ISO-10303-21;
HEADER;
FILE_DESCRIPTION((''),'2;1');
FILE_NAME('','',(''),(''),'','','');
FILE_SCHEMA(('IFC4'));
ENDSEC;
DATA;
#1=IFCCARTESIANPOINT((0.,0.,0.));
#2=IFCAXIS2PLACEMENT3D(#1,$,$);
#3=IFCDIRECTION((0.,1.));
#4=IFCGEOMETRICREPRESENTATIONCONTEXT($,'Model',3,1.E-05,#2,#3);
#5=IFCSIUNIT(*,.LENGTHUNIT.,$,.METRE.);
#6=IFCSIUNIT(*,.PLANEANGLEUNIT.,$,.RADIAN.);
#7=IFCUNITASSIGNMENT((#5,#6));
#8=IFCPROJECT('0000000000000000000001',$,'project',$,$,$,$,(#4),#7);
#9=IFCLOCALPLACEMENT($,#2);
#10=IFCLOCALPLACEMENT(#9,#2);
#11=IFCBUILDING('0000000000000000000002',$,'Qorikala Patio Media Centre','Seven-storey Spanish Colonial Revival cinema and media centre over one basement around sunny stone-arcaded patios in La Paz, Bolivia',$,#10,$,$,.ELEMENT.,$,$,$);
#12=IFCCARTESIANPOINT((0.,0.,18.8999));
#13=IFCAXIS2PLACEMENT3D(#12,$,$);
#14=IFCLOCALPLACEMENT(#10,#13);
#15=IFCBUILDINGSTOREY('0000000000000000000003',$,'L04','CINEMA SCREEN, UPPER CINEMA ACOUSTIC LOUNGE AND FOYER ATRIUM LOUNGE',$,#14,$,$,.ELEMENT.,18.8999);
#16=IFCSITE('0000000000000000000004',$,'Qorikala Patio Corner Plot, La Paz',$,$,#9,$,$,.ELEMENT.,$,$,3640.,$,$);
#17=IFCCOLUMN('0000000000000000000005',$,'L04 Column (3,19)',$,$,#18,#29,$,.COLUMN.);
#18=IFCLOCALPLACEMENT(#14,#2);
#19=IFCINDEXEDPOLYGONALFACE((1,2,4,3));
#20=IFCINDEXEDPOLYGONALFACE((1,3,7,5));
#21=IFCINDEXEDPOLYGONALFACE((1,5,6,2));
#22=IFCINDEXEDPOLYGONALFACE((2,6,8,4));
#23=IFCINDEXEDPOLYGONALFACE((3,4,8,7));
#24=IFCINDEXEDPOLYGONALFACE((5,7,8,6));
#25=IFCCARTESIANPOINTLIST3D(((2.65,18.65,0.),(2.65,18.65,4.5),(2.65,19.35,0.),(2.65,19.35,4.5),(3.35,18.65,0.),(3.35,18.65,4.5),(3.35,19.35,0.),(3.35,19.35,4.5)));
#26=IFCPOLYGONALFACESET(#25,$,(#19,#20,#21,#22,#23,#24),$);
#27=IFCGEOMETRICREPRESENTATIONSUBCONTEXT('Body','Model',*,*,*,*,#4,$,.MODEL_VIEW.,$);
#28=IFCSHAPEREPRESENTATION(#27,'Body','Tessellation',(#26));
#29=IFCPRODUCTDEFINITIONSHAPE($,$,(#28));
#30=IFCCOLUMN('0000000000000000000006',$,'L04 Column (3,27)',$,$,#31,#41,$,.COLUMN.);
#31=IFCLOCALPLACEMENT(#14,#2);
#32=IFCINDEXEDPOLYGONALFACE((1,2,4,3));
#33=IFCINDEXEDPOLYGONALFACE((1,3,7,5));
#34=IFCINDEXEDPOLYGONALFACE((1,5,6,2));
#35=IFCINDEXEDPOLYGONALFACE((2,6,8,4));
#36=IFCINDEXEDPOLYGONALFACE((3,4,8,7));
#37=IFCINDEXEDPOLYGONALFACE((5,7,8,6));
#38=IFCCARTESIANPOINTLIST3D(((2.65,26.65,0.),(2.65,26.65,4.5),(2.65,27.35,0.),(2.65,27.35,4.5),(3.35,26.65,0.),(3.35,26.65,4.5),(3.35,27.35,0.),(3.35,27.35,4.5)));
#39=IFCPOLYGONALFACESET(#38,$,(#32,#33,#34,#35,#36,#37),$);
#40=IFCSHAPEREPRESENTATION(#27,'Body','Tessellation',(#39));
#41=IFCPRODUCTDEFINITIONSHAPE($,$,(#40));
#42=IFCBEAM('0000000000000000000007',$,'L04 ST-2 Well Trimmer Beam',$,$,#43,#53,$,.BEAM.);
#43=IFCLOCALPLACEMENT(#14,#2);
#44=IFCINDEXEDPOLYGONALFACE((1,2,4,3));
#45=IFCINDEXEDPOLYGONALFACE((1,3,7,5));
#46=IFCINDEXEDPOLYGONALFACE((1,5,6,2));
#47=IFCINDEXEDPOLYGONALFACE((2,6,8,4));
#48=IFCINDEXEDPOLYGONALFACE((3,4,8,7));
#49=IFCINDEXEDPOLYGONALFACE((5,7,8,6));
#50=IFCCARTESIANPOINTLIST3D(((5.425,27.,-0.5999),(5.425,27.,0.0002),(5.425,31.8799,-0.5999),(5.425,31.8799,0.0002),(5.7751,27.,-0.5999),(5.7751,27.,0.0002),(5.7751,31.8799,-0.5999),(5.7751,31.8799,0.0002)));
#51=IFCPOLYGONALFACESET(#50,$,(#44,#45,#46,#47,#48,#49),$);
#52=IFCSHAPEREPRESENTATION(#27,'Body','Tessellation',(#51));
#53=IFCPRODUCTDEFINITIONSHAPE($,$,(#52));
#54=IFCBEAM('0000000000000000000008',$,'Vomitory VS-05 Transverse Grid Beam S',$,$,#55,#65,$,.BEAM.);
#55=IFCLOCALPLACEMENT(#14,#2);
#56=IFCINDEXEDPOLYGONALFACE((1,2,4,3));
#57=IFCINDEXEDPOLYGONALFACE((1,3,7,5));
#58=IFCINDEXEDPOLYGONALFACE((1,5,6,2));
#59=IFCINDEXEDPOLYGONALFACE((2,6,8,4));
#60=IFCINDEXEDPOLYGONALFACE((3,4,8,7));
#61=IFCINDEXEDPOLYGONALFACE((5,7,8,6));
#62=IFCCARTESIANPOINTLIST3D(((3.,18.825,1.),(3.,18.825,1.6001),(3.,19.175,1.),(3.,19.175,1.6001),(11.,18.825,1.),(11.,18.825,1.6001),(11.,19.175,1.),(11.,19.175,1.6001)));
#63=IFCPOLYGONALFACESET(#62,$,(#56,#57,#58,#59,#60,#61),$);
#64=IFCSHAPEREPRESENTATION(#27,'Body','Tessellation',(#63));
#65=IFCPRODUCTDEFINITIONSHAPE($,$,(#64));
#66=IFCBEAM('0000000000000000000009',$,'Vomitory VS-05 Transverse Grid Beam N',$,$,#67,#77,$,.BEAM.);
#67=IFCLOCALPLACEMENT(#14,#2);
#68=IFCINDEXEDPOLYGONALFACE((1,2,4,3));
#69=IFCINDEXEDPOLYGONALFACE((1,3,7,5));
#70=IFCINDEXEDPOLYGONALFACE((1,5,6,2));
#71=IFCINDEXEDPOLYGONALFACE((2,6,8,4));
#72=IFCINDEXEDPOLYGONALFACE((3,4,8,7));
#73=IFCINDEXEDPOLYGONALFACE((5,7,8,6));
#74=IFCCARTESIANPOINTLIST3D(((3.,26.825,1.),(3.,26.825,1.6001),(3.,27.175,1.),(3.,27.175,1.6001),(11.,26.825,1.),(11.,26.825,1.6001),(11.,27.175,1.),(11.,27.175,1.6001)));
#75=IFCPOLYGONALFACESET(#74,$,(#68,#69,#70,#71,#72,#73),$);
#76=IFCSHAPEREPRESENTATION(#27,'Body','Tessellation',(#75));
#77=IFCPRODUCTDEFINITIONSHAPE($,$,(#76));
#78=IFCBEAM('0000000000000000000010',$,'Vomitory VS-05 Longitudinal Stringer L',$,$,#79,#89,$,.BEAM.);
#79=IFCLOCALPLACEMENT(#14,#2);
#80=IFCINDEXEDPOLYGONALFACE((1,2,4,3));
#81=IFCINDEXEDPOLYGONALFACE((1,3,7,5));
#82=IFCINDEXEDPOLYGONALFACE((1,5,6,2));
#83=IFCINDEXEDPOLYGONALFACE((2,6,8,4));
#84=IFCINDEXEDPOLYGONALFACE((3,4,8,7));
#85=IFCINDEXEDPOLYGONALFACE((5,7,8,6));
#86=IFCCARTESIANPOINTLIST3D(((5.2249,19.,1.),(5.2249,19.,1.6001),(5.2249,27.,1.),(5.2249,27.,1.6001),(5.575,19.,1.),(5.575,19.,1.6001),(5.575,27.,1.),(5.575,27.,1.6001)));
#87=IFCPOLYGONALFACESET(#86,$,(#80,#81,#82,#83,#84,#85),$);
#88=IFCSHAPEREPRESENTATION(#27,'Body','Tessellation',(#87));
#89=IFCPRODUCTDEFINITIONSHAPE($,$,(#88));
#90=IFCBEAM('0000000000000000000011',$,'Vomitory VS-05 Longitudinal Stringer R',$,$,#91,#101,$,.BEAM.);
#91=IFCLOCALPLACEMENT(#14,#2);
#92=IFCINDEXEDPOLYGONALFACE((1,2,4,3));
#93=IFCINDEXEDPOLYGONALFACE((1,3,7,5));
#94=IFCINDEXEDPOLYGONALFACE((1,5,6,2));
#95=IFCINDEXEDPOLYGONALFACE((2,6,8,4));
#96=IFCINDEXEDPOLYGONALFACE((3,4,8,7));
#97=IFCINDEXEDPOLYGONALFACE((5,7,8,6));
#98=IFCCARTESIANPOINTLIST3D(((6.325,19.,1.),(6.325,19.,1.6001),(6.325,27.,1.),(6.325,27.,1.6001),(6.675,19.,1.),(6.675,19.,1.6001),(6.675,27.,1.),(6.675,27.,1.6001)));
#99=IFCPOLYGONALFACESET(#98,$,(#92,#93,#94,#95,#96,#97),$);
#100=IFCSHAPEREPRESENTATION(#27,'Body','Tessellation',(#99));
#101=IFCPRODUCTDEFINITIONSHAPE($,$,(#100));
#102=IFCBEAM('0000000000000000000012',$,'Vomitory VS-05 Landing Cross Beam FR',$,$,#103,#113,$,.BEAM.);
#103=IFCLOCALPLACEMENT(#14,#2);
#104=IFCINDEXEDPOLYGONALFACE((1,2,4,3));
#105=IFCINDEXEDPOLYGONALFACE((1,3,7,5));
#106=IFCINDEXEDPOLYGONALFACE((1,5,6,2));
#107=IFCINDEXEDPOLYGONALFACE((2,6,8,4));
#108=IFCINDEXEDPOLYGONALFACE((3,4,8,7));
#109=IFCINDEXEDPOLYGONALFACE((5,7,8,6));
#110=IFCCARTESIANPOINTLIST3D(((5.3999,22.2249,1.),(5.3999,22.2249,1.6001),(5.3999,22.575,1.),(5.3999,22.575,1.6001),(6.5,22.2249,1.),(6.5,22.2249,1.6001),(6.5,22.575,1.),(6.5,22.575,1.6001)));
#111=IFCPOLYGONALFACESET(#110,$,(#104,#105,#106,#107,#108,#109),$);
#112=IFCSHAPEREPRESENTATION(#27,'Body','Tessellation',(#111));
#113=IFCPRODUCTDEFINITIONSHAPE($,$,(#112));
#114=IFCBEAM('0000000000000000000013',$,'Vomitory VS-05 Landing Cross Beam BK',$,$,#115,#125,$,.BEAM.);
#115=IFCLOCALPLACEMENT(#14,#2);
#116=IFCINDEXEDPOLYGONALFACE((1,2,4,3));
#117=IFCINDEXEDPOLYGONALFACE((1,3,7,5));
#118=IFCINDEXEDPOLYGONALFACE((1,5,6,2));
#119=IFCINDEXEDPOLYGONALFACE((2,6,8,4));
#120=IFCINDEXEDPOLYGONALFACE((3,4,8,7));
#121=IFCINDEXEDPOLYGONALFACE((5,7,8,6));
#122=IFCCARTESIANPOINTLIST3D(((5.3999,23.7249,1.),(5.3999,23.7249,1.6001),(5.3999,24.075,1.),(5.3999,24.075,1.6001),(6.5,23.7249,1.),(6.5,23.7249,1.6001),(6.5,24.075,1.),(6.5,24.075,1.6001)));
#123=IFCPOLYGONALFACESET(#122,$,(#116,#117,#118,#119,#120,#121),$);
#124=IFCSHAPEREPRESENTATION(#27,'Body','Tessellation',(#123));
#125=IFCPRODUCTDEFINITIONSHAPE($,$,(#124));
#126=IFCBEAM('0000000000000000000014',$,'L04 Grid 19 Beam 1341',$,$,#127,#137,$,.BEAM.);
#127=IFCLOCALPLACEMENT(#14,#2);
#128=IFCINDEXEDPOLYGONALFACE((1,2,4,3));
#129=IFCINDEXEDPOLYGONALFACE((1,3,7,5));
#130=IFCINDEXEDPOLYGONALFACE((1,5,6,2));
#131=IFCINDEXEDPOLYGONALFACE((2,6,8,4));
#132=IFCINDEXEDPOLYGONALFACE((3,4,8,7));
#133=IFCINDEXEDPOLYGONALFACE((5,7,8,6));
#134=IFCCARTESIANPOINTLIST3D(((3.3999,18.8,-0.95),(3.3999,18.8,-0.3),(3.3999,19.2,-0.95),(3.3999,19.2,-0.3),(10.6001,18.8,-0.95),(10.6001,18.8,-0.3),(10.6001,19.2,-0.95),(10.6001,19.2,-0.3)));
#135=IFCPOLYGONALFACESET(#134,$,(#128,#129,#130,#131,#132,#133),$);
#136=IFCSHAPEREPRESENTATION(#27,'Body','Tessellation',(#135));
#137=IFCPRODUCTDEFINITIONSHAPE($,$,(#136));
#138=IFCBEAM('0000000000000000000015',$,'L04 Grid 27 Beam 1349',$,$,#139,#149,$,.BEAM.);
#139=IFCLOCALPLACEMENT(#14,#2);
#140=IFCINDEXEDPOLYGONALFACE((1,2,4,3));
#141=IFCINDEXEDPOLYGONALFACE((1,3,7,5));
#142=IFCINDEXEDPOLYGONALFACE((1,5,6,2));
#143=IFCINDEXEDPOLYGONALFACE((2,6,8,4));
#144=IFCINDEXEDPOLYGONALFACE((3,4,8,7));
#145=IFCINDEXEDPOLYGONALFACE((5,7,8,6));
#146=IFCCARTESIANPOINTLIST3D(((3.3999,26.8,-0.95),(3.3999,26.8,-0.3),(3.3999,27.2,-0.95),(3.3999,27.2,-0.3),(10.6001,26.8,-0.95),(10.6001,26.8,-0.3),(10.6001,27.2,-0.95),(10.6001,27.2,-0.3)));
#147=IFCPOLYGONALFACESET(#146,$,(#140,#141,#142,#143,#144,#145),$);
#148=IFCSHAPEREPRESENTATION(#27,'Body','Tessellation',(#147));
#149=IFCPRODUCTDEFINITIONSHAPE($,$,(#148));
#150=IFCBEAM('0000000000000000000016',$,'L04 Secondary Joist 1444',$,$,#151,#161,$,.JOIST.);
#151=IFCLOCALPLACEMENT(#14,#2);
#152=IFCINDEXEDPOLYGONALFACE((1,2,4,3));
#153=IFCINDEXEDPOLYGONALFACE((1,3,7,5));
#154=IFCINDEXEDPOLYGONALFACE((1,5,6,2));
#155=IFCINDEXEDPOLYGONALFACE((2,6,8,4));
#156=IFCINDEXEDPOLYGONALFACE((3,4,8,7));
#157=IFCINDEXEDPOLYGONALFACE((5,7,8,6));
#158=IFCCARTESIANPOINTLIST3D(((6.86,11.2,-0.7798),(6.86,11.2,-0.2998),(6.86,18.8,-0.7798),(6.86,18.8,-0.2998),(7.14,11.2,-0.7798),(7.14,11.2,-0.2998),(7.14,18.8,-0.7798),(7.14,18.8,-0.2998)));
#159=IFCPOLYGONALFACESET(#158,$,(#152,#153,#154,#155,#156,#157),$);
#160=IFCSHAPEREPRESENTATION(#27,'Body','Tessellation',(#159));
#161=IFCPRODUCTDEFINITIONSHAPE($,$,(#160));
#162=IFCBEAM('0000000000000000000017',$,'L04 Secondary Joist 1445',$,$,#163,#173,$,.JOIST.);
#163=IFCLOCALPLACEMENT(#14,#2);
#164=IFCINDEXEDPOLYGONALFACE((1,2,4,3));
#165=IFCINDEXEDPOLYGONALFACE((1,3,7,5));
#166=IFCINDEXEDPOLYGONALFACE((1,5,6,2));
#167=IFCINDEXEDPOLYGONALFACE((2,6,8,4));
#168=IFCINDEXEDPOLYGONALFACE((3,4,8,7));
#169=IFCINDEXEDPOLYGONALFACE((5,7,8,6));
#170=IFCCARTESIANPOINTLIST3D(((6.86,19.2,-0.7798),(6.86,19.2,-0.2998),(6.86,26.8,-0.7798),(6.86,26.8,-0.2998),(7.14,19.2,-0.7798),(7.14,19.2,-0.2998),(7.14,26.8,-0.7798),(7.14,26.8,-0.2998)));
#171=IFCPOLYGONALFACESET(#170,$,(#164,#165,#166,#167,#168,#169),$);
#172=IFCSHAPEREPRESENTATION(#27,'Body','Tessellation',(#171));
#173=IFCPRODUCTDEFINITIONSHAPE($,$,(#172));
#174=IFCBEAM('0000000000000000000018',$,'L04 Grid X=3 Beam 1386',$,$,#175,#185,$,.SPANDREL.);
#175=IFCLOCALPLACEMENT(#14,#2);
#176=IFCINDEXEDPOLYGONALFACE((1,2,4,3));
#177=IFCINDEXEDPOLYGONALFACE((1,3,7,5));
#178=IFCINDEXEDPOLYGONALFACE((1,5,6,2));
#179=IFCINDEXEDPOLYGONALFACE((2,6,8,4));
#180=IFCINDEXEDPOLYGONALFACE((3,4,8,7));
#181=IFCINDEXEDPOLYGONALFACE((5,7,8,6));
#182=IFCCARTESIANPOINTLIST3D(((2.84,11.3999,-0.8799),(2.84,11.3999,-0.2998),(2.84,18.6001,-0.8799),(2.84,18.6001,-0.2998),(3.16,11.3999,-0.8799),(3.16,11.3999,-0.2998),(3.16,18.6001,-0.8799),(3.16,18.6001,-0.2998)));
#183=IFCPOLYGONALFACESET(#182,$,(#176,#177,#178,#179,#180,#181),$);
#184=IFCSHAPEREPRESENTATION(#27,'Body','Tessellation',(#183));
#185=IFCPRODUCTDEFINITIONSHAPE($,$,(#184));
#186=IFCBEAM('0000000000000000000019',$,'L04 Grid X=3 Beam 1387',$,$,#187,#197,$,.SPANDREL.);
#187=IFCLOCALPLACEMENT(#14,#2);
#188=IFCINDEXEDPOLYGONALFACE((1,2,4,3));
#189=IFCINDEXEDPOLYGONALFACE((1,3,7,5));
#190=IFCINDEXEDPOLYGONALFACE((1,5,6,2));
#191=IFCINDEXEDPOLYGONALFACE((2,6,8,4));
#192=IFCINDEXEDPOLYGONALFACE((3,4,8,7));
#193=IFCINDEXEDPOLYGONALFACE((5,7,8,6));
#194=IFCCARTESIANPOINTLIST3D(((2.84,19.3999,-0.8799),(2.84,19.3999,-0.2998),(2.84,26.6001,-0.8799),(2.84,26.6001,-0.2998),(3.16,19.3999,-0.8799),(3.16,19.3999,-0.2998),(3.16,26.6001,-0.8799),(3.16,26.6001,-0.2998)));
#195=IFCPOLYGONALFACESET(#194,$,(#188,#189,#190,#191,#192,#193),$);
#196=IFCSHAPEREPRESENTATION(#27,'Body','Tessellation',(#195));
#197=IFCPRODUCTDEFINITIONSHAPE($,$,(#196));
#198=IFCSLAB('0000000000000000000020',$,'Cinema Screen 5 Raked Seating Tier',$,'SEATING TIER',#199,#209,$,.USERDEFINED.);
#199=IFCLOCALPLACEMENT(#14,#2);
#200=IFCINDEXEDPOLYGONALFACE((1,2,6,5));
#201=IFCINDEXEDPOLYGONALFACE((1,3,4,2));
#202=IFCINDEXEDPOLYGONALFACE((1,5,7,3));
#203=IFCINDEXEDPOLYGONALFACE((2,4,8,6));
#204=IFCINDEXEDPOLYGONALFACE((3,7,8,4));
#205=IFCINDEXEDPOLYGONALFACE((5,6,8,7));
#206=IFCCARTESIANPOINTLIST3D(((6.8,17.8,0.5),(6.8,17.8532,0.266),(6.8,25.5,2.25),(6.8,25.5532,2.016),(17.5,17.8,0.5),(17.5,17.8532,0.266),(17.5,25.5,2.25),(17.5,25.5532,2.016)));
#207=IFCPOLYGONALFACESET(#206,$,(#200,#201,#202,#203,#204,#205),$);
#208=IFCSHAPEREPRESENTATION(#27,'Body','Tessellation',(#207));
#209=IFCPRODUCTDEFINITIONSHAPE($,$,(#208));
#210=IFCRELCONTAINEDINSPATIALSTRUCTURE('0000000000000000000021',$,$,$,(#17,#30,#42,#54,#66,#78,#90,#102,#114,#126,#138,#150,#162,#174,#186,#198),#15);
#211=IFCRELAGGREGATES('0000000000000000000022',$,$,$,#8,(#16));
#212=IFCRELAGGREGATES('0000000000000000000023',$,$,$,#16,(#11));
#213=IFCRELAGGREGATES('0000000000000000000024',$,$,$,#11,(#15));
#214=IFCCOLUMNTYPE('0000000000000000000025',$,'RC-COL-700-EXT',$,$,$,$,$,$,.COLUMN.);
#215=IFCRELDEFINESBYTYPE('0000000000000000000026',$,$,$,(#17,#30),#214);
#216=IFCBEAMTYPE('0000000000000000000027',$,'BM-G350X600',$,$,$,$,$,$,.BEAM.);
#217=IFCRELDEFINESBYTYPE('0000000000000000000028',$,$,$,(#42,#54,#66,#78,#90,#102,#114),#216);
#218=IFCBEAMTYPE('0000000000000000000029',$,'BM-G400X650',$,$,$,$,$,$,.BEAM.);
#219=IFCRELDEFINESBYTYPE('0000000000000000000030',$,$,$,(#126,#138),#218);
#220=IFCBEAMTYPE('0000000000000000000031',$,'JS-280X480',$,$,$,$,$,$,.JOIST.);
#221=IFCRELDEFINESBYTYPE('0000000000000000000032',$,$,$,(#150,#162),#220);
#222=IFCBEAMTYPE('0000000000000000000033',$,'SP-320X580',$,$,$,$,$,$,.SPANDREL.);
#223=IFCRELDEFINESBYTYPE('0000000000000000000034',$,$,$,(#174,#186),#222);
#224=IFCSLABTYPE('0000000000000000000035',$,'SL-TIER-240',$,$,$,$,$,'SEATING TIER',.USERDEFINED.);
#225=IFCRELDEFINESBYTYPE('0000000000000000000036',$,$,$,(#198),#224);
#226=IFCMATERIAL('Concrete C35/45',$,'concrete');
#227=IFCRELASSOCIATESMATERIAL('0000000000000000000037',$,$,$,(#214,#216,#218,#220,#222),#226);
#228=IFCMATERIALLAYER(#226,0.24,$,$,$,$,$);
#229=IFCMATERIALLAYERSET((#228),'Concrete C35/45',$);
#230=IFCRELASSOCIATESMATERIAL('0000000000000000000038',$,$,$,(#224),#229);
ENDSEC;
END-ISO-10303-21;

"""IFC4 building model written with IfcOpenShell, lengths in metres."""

from ifc_helpers import new_model, si_unit, direction, frame, origin, origin_2d, place, context, subcontext, project, spatial, polyline, rectangle, outline, extrude, material, layer, layer_set, material_profile, profile_set, type_object, element, save


model = new_model("IFC4")

# Units and contexts
model_context = context("Model", 3, precision=1e-05, world=origin(), true_north=direction((0.0, 1.0)))
body_context = subcontext(model_context, "Body", "Model", "MODEL_VIEW")
ifc_project = project(units=[si_unit("LENGTHUNIT", "METRE"), si_unit("PLANEANGLEUNIT", "RADIAN")], contexts=[model_context])

# Site, building, storey
site_placement = place(None, origin())
site = spatial("IfcSite", under=ifc_project, at=site_placement, Name="Qorikala Patio Corner Plot, La Paz", CompositionType="ELEMENT", RefElevation=3640.0)
building_placement = place(site_placement, origin())
building = spatial("IfcBuilding", under=site, at=building_placement, Name="Qorikala Patio Media Centre", Description="Seven-storey Spanish Colonial Revival cinema and media centre over one basement around sunny stone-arcaded patios in La Paz, Bolivia", CompositionType="ELEMENT")
storey_placement = place(building_placement, frame((0.0, 0.0, 18.8999)))
storey = spatial("IfcBuildingStorey", under=building, at=storey_placement, Name="L04", Description="CINEMA SCREEN, UPPER CINEMA ACOUSTIC LOUNGE AND FOYER ATRIUM LOUNGE", CompositionType="ELEMENT", Elevation=18.8999)

# Columns
ifc_material_1 = material(Name="Concrete C35/45", Category="concrete")
ifc_material_profile_1 = material_profile(ifc_material_1, rectangle(XDim=0.7, YDim=0.7, at=origin_2d()), Name="RC 700x700")
ifc_profile_set_1 = profile_set([ifc_material_profile_1], Name="Concrete C35/45")
column_type = type_object("IfcColumnType", Name="RC-COL-700-EXT", PredefinedType="COLUMN", material=ifc_profile_set_1)
for number, where, z_axis, x_axis, name in (
    (1, (3.0, 19.0, 0.0), (0.0, 0.0, 1.0), (1.0, 0.0, 0.0), "L04 Column (3,19)"),
    (2, (3.0, 27.0, 0.0), (0.0, 0.0, 1.0), (1.0, 0.0, 0.0), "L04 Column (3,27)"),
):
    element("IfcColumn", number, at=place(storey_placement, frame(where, z_axis=z_axis, x_axis=x_axis)), inside=storey, type_object=column_type, Name=name, PredefinedType="COLUMN", context=body_context, shape_type="SweptSolid", body=[
        extrude(rectangle(XDim=0.7, YDim=0.7, at=origin_2d()), origin(), (0.0, 0.0, 1.0), 4.5),
    ])

# Beams
ifc_material_profile_2 = material_profile(ifc_material_1, rectangle(XDim=0.3501, YDim=0.6001, at=origin_2d()), Name="RC 350x600")
ifc_profile_set_2 = profile_set([ifc_material_profile_2], Name="Concrete C35/45")
beam_type_1 = type_object("IfcBeamType", Name="BM-G350X600", PredefinedType="BEAM", material=ifc_profile_set_2)
beam_placement = place(storey_placement, frame((5.6001, 27.0, -0.2998), z_axis=(0.0, 1.0, 0.0), x_axis=(-1.0, 0.0, 0.0)))
element("IfcBeam", 3, at=beam_placement, inside=storey, type_object=beam_type_1, Name="L04 ST-2 Well Trimmer Beam", PredefinedType="BEAM", context=body_context, shape_type="SweptSolid", body=[
    extrude(rectangle(XDim=0.3501, YDim=0.6001, at=origin_2d()), origin(), (0.0, 0.0, 1.0), 4.8799),
])
for number, where, z_axis, x_axis, name in (
    (4, (3.0, 19.0, 1.3), (1.0, 0.0, 0.0), (0.0, 1.0, 0.0), "Vomitory VS-05 Transverse Grid Beam S"),
    (5, (3.0, 27.0, 1.3), (1.0, 0.0, 0.0), (0.0, 1.0, 0.0), "Vomitory VS-05 Transverse Grid Beam N"),
    (6, (5.3999, 19.0, 1.3), (0.0, 1.0, 0.0), (-1.0, 0.0, 0.0), "Vomitory VS-05 Longitudinal Stringer L"),
    (7, (6.5, 19.0, 1.3), (0.0, 1.0, 0.0), (-1.0, 0.0, 0.0), "Vomitory VS-05 Longitudinal Stringer R"),
):
    element("IfcBeam", number, at=place(storey_placement, frame(where, z_axis=z_axis, x_axis=x_axis)), inside=storey, type_object=beam_type_1, Name=name, PredefinedType="BEAM", context=body_context, shape_type="SweptSolid", body=[
        extrude(rectangle(XDim=0.3501, YDim=0.6001, at=origin_2d()), origin(), (0.0, 0.0, 1.0), 8.0),
    ])
for number, where, z_axis, x_axis, name in (
    (8, (5.3999, 22.3999, 1.3), (1.0, 0.0, 0.0), (0.0, 1.0, 0.0), "Vomitory VS-05 Landing Cross Beam FR"),
    (9, (5.3999, 23.8999, 1.3), (1.0, 0.0, 0.0), (0.0, 1.0, 0.0), "Vomitory VS-05 Landing Cross Beam BK"),
):
    element("IfcBeam", number, at=place(storey_placement, frame(where, z_axis=z_axis, x_axis=x_axis)), inside=storey, type_object=beam_type_1, Name=name, PredefinedType="BEAM", context=body_context, shape_type="SweptSolid", body=[
        extrude(rectangle(XDim=0.3501, YDim=0.6001, at=origin_2d()), origin(), (0.0, 0.0, 1.0), 1.1001),
    ])
ifc_material_profile_3 = material_profile(ifc_material_1, rectangle(XDim=0.3999, YDim=0.6499, at=origin_2d()), Name="RC 400x650")
ifc_profile_set_3 = profile_set([ifc_material_profile_3], Name="Concrete C35/45")
beam_type_2 = type_object("IfcBeamType", Name="BM-G400X650", PredefinedType="BEAM", material=ifc_profile_set_3)
for number, where, z_axis, x_axis, name in (
    (10, (3.3999, 19.0, -0.625), (1.0, 0.0, 0.0), (0.0, 1.0, 0.0), "L04 Grid 19 Beam 1341"),
    (11, (3.3999, 27.0, -0.625), (1.0, 0.0, 0.0), (0.0, 1.0, 0.0), "L04 Grid 27 Beam 1349"),
):
    element("IfcBeam", number, at=place(storey_placement, frame(where, z_axis=z_axis, x_axis=x_axis)), inside=storey, type_object=beam_type_2, Name=name, PredefinedType="BEAM", context=body_context, shape_type="SweptSolid", body=[
        extrude(rectangle(XDim=0.3999, YDim=0.6499, at=origin_2d()), origin(), (0.0, 0.0, 1.0), 7.2002),
    ])
ifc_material_profile_4 = material_profile(ifc_material_1, rectangle(XDim=0.28, YDim=0.48, at=origin_2d()), Name="RC 280x480")
ifc_profile_set_4 = profile_set([ifc_material_profile_4], Name="Concrete C35/45")
beam_type_3 = type_object("IfcBeamType", Name="JS-280X480", PredefinedType="JOIST", material=ifc_profile_set_4)
for number, where, z_axis, x_axis, name in (
    (12, (7.0, 11.2, -0.5398), (0.0, 1.0, 0.0), (-1.0, 0.0, 0.0), "L04 Secondary Joist 1444"),
    (13, (7.0, 19.2, -0.5398), (0.0, 1.0, 0.0), (-1.0, 0.0, 0.0), "L04 Secondary Joist 1445"),
):
    element("IfcBeam", number, at=place(storey_placement, frame(where, z_axis=z_axis, x_axis=x_axis)), inside=storey, type_object=beam_type_3, Name=name, PredefinedType="JOIST", context=body_context, shape_type="SweptSolid", body=[
        extrude(rectangle(XDim=0.28, YDim=0.48, at=origin_2d()), origin(), (0.0, 0.0, 1.0), 7.6001),
    ])
ifc_material_profile_5 = material_profile(ifc_material_1, rectangle(XDim=0.3201, YDim=0.5801, at=origin_2d()), Name="RC 320x580")
ifc_profile_set_5 = profile_set([ifc_material_profile_5], Name="Concrete C35/45")
beam_type_4 = type_object("IfcBeamType", Name="SP-320X580", PredefinedType="SPANDREL", material=ifc_profile_set_5)
for number, where, z_axis, x_axis, name in (
    (14, (3.0, 11.3999, -0.5898), (0.0, 1.0, 0.0), (-1.0, 0.0, 0.0), "L04 Grid X=3 Beam 1386"),
    (15, (3.0, 19.3999, -0.5898), (0.0, 1.0, 0.0), (-1.0, 0.0, 0.0), "L04 Grid X=3 Beam 1387"),
):
    element("IfcBeam", number, at=place(storey_placement, frame(where, z_axis=z_axis, x_axis=x_axis)), inside=storey, type_object=beam_type_4, Name=name, PredefinedType="SPANDREL", context=body_context, shape_type="SweptSolid", body=[
        extrude(rectangle(XDim=0.3201, YDim=0.5801, at=origin_2d()), origin(), (0.0, 0.0, 1.0), 7.2002),
    ])

# Slab
ifc_layer_1 = layer(ifc_material_1, 0.24)
ifc_layer_set_1 = layer_set([ifc_layer_1], Name="Concrete C35/45")
slab_type = type_object("IfcSlabType", Name="SL-TIER-240", ElementType="SEATING TIER", PredefinedType="USERDEFINED", material=ifc_layer_set_1)
slab_placement = place(storey_placement, frame((6.8, 17.8, 0.5), z_axis=(0.0, -0.221622, 0.975133), x_axis=(1.0, 0.0, 0.0)))
element("IfcSlab", 16, at=slab_placement, inside=storey, type_object=slab_type, Name="Cinema Screen 5 Raked Seating Tier", ObjectType="SEATING TIER", PredefinedType="USERDEFINED", context=body_context, shape_type="SweptSolid", body=[
    extrude(outline(polyline([(0.0, 0.0), (10.7, 0.0), (10.7, 7.8963), (0.0, 7.8963), (0.0, 0.0)])), origin(), (0.0, 0.0, -1.0), 0.24),
])

save(model, "model.ifc")
